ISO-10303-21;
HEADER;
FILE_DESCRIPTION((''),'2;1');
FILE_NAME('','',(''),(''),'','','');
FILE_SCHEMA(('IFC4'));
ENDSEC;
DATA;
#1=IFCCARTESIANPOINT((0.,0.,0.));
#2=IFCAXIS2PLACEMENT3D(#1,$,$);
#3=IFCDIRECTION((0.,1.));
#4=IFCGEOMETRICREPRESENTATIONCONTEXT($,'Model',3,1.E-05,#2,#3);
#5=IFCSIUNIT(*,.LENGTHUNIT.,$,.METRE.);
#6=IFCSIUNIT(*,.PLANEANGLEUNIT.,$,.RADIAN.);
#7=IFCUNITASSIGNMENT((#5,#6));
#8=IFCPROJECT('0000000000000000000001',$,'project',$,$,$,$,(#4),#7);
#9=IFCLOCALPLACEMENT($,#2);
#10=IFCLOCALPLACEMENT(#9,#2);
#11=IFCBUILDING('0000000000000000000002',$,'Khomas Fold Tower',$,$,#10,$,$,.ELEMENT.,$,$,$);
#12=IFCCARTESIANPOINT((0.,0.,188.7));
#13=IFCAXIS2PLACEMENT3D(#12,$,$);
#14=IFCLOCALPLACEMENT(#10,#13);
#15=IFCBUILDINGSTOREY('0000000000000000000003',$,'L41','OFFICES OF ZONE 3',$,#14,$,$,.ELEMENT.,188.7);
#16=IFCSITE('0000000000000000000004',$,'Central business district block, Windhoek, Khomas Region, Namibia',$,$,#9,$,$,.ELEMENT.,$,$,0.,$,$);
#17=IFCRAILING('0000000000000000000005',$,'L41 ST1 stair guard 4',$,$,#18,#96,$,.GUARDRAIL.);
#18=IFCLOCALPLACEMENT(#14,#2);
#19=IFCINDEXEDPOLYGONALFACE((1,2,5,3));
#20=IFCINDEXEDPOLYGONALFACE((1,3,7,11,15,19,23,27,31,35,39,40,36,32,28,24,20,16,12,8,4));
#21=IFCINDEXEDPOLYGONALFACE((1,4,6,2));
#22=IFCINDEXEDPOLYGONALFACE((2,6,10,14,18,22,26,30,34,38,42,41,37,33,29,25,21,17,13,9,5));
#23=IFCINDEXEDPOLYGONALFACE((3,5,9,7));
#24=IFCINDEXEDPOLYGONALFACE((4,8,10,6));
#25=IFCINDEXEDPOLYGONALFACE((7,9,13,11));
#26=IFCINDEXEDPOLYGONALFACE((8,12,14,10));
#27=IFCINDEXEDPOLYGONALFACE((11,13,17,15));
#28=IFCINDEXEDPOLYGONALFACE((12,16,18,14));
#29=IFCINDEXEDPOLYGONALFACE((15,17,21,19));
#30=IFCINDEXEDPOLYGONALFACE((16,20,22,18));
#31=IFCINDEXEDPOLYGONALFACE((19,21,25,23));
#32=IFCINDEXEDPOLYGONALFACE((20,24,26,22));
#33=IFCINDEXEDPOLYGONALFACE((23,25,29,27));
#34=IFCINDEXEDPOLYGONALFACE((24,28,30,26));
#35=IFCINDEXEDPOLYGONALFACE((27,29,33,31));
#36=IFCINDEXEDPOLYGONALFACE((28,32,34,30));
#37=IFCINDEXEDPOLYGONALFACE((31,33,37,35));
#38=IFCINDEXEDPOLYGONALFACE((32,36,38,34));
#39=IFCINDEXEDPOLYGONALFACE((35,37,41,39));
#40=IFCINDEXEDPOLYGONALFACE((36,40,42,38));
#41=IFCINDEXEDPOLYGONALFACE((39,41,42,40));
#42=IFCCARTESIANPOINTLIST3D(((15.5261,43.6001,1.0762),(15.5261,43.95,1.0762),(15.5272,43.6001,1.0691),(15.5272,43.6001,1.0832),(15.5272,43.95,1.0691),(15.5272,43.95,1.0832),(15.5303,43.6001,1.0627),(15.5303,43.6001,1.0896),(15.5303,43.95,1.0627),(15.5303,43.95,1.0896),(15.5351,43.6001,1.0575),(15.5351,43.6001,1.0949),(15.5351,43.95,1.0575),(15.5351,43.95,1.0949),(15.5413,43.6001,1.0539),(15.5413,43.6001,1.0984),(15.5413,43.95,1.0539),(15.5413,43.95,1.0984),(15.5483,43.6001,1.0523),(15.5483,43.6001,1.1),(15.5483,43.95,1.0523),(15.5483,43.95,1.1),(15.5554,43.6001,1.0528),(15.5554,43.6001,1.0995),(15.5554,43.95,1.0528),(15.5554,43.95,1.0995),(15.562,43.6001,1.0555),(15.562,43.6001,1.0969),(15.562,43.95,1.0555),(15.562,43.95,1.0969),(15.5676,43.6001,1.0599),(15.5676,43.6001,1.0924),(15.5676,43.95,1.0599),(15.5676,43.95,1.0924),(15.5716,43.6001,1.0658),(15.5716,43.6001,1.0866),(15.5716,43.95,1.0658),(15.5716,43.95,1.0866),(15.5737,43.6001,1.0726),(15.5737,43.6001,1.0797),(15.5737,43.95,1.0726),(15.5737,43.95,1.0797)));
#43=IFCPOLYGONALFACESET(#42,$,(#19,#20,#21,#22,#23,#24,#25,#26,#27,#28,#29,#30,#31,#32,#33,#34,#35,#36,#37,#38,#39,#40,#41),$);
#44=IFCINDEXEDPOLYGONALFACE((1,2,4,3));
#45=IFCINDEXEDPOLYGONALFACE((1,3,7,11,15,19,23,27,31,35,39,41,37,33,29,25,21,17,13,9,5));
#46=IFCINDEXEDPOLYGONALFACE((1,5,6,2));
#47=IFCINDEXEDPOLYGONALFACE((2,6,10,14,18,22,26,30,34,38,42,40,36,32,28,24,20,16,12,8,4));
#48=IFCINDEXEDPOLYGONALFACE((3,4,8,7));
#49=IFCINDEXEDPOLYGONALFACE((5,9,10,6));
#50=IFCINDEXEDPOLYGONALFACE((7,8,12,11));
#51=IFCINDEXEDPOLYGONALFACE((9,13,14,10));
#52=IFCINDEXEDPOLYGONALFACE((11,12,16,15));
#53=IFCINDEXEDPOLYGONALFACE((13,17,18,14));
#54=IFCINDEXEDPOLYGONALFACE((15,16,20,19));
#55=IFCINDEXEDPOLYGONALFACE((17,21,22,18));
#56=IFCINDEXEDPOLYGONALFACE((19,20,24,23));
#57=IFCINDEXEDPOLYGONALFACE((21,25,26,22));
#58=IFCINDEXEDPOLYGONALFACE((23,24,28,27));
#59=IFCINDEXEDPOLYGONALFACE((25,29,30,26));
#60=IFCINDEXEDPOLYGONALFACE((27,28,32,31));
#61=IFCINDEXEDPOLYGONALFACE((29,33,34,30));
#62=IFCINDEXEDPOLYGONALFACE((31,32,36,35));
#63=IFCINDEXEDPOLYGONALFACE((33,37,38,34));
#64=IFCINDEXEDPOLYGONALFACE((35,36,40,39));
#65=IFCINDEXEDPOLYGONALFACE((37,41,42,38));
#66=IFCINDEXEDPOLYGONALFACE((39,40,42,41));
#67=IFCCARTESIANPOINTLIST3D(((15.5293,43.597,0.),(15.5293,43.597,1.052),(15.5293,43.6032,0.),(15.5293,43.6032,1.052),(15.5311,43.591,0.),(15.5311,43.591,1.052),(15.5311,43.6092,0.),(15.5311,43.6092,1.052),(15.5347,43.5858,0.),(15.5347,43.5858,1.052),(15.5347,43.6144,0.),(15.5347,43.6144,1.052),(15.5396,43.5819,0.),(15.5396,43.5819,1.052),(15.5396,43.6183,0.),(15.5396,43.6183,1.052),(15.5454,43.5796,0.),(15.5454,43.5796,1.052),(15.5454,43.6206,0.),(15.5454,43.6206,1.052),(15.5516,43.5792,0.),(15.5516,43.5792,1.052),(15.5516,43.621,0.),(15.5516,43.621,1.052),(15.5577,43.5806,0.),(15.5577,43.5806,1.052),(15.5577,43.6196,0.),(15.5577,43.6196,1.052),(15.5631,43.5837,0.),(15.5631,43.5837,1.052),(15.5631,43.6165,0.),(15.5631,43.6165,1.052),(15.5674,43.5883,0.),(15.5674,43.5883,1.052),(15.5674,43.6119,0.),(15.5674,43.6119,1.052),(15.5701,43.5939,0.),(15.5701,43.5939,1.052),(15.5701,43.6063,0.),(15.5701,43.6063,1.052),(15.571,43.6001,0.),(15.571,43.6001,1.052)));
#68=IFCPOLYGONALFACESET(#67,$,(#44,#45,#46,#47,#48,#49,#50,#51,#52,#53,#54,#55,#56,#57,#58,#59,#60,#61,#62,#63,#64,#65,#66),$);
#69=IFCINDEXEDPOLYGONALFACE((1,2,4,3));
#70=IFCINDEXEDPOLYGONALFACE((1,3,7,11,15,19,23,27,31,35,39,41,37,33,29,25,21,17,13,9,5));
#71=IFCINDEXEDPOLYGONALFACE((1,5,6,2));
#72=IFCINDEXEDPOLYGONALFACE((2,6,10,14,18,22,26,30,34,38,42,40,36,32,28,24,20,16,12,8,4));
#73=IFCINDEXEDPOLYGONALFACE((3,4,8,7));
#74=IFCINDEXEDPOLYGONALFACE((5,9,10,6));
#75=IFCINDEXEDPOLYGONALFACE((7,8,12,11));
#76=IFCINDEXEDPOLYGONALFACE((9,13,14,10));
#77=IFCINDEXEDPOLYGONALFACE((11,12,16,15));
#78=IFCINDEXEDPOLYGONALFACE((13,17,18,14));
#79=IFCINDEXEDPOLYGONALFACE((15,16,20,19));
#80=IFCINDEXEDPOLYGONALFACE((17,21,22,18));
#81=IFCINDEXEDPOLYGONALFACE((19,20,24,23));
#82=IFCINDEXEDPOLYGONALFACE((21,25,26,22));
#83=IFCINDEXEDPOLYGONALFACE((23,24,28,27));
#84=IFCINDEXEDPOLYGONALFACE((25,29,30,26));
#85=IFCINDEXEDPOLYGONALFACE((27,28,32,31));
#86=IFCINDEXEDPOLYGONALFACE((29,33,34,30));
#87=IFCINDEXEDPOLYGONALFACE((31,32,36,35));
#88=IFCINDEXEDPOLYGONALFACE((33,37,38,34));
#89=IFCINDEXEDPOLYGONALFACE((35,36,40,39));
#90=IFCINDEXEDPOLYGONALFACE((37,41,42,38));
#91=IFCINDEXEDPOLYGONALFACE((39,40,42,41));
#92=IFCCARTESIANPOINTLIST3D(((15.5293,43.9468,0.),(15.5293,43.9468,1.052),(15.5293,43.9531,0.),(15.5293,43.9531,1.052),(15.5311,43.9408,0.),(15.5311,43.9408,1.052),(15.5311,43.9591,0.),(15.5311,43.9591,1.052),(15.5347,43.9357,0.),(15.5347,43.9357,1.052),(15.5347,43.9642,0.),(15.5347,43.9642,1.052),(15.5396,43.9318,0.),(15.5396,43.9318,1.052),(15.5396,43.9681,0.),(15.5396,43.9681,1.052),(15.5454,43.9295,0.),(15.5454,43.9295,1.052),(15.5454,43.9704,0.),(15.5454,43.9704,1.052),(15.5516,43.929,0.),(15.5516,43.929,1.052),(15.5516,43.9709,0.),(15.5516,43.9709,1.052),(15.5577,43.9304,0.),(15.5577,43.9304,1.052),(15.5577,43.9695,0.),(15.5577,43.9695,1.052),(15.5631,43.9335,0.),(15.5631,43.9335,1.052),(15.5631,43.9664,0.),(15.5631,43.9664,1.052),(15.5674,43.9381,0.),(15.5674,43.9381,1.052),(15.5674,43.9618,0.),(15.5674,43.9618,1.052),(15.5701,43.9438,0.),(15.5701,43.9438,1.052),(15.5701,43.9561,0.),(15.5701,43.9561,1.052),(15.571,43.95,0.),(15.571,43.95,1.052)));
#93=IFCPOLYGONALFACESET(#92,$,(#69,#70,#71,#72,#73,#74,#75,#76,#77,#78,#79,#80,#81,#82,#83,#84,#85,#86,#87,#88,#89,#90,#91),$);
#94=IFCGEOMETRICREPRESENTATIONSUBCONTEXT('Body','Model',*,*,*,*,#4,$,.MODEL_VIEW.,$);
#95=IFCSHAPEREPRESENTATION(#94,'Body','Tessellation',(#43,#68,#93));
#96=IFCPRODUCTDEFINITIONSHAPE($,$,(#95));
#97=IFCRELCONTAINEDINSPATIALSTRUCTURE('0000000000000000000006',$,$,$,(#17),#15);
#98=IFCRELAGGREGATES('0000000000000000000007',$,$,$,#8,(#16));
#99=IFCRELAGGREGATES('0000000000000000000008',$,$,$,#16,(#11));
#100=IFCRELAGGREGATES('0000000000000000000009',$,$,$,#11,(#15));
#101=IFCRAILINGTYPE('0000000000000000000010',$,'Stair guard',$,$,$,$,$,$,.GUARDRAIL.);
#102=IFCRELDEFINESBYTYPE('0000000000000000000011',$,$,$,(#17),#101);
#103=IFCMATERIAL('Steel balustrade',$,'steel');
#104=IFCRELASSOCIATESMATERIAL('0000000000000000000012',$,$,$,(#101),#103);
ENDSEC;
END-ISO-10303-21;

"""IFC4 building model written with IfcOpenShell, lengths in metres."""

from ifc_helpers import new_model, si_unit, direction, frame, origin, origin_2d, place, context, subcontext, project, spatial, circle, extrude, source, transform, mapped, material, type_object, element, save


model = new_model("IFC4")

# Units and contexts
model_context = context("Model", 3, precision=1e-05, world=origin(), true_north=direction((0.0, 1.0)))
body_context = subcontext(model_context, "Body", "Model", "MODEL_VIEW")
ifc_project = project(units=[si_unit("LENGTHUNIT", "METRE"), si_unit("PLANEANGLEUNIT", "RADIAN")], contexts=[model_context])

# Site, building, storey
site_placement = place(None, origin())
site = spatial("IfcSite", under=ifc_project, at=site_placement, Name="Central business district block, Windhoek, Khomas Region, Namibia", CompositionType="ELEMENT", RefElevation=0.0)
building_placement = place(site_placement, origin())
building = spatial("IfcBuilding", under=site, at=building_placement, Name="Khomas Fold Tower", CompositionType="ELEMENT")
storey_placement = place(building_placement, frame((0.0, 0.0, 188.7)))
storey = spatial("IfcBuildingStorey", under=building, at=storey_placement, Name="L41", Description="OFFICES OF ZONE 3", CompositionType="ELEMENT", Elevation=188.7)

# Railing
ifc_material_1 = material(Name="Steel balustrade", Category="steel")
railing_type_1 = type_object("IfcRailingType", Name="Stair guard", PredefinedType="GUARDRAIL", material=ifc_material_1)
shared_shape_1 = source(origin(), body_context, "Body", "SweptSolid", [
    extrude(circle(Radius=0.0239, at=origin_2d()), frame((0.0, 0.0, 1.0762), z_axis=(0.0, 1.0, 0.0), x_axis=(-1.0, 0.0, 0.0)), (0.0, 0.0, 1.0), 0.3499),
    extrude(circle(Radius=0.021, at=origin_2d()), origin(), (0.0, 0.0, 1.0), 1.052),
    extrude(circle(Radius=0.021, at=origin_2d()), frame((0.0, 0.3499, 0.0)), (0.0, 0.0, 1.0), 1.052),
])
for number, where, name in (
    (1, (15.55, 43.6001, 0.0), "L41 ST1 stair guard 4"),
):
    element("IfcRailing", number, at=place(storey_placement, frame(where)), inside=storey, type_object=railing_type_1, Name=name, PredefinedType="GUARDRAIL", context=body_context, shape_type="MappedRepresentation", body=[
        mapped(shared_shape_1, transform((0.0, 0.0, 0.0))),
    ])

save(model, "model.ifc")
